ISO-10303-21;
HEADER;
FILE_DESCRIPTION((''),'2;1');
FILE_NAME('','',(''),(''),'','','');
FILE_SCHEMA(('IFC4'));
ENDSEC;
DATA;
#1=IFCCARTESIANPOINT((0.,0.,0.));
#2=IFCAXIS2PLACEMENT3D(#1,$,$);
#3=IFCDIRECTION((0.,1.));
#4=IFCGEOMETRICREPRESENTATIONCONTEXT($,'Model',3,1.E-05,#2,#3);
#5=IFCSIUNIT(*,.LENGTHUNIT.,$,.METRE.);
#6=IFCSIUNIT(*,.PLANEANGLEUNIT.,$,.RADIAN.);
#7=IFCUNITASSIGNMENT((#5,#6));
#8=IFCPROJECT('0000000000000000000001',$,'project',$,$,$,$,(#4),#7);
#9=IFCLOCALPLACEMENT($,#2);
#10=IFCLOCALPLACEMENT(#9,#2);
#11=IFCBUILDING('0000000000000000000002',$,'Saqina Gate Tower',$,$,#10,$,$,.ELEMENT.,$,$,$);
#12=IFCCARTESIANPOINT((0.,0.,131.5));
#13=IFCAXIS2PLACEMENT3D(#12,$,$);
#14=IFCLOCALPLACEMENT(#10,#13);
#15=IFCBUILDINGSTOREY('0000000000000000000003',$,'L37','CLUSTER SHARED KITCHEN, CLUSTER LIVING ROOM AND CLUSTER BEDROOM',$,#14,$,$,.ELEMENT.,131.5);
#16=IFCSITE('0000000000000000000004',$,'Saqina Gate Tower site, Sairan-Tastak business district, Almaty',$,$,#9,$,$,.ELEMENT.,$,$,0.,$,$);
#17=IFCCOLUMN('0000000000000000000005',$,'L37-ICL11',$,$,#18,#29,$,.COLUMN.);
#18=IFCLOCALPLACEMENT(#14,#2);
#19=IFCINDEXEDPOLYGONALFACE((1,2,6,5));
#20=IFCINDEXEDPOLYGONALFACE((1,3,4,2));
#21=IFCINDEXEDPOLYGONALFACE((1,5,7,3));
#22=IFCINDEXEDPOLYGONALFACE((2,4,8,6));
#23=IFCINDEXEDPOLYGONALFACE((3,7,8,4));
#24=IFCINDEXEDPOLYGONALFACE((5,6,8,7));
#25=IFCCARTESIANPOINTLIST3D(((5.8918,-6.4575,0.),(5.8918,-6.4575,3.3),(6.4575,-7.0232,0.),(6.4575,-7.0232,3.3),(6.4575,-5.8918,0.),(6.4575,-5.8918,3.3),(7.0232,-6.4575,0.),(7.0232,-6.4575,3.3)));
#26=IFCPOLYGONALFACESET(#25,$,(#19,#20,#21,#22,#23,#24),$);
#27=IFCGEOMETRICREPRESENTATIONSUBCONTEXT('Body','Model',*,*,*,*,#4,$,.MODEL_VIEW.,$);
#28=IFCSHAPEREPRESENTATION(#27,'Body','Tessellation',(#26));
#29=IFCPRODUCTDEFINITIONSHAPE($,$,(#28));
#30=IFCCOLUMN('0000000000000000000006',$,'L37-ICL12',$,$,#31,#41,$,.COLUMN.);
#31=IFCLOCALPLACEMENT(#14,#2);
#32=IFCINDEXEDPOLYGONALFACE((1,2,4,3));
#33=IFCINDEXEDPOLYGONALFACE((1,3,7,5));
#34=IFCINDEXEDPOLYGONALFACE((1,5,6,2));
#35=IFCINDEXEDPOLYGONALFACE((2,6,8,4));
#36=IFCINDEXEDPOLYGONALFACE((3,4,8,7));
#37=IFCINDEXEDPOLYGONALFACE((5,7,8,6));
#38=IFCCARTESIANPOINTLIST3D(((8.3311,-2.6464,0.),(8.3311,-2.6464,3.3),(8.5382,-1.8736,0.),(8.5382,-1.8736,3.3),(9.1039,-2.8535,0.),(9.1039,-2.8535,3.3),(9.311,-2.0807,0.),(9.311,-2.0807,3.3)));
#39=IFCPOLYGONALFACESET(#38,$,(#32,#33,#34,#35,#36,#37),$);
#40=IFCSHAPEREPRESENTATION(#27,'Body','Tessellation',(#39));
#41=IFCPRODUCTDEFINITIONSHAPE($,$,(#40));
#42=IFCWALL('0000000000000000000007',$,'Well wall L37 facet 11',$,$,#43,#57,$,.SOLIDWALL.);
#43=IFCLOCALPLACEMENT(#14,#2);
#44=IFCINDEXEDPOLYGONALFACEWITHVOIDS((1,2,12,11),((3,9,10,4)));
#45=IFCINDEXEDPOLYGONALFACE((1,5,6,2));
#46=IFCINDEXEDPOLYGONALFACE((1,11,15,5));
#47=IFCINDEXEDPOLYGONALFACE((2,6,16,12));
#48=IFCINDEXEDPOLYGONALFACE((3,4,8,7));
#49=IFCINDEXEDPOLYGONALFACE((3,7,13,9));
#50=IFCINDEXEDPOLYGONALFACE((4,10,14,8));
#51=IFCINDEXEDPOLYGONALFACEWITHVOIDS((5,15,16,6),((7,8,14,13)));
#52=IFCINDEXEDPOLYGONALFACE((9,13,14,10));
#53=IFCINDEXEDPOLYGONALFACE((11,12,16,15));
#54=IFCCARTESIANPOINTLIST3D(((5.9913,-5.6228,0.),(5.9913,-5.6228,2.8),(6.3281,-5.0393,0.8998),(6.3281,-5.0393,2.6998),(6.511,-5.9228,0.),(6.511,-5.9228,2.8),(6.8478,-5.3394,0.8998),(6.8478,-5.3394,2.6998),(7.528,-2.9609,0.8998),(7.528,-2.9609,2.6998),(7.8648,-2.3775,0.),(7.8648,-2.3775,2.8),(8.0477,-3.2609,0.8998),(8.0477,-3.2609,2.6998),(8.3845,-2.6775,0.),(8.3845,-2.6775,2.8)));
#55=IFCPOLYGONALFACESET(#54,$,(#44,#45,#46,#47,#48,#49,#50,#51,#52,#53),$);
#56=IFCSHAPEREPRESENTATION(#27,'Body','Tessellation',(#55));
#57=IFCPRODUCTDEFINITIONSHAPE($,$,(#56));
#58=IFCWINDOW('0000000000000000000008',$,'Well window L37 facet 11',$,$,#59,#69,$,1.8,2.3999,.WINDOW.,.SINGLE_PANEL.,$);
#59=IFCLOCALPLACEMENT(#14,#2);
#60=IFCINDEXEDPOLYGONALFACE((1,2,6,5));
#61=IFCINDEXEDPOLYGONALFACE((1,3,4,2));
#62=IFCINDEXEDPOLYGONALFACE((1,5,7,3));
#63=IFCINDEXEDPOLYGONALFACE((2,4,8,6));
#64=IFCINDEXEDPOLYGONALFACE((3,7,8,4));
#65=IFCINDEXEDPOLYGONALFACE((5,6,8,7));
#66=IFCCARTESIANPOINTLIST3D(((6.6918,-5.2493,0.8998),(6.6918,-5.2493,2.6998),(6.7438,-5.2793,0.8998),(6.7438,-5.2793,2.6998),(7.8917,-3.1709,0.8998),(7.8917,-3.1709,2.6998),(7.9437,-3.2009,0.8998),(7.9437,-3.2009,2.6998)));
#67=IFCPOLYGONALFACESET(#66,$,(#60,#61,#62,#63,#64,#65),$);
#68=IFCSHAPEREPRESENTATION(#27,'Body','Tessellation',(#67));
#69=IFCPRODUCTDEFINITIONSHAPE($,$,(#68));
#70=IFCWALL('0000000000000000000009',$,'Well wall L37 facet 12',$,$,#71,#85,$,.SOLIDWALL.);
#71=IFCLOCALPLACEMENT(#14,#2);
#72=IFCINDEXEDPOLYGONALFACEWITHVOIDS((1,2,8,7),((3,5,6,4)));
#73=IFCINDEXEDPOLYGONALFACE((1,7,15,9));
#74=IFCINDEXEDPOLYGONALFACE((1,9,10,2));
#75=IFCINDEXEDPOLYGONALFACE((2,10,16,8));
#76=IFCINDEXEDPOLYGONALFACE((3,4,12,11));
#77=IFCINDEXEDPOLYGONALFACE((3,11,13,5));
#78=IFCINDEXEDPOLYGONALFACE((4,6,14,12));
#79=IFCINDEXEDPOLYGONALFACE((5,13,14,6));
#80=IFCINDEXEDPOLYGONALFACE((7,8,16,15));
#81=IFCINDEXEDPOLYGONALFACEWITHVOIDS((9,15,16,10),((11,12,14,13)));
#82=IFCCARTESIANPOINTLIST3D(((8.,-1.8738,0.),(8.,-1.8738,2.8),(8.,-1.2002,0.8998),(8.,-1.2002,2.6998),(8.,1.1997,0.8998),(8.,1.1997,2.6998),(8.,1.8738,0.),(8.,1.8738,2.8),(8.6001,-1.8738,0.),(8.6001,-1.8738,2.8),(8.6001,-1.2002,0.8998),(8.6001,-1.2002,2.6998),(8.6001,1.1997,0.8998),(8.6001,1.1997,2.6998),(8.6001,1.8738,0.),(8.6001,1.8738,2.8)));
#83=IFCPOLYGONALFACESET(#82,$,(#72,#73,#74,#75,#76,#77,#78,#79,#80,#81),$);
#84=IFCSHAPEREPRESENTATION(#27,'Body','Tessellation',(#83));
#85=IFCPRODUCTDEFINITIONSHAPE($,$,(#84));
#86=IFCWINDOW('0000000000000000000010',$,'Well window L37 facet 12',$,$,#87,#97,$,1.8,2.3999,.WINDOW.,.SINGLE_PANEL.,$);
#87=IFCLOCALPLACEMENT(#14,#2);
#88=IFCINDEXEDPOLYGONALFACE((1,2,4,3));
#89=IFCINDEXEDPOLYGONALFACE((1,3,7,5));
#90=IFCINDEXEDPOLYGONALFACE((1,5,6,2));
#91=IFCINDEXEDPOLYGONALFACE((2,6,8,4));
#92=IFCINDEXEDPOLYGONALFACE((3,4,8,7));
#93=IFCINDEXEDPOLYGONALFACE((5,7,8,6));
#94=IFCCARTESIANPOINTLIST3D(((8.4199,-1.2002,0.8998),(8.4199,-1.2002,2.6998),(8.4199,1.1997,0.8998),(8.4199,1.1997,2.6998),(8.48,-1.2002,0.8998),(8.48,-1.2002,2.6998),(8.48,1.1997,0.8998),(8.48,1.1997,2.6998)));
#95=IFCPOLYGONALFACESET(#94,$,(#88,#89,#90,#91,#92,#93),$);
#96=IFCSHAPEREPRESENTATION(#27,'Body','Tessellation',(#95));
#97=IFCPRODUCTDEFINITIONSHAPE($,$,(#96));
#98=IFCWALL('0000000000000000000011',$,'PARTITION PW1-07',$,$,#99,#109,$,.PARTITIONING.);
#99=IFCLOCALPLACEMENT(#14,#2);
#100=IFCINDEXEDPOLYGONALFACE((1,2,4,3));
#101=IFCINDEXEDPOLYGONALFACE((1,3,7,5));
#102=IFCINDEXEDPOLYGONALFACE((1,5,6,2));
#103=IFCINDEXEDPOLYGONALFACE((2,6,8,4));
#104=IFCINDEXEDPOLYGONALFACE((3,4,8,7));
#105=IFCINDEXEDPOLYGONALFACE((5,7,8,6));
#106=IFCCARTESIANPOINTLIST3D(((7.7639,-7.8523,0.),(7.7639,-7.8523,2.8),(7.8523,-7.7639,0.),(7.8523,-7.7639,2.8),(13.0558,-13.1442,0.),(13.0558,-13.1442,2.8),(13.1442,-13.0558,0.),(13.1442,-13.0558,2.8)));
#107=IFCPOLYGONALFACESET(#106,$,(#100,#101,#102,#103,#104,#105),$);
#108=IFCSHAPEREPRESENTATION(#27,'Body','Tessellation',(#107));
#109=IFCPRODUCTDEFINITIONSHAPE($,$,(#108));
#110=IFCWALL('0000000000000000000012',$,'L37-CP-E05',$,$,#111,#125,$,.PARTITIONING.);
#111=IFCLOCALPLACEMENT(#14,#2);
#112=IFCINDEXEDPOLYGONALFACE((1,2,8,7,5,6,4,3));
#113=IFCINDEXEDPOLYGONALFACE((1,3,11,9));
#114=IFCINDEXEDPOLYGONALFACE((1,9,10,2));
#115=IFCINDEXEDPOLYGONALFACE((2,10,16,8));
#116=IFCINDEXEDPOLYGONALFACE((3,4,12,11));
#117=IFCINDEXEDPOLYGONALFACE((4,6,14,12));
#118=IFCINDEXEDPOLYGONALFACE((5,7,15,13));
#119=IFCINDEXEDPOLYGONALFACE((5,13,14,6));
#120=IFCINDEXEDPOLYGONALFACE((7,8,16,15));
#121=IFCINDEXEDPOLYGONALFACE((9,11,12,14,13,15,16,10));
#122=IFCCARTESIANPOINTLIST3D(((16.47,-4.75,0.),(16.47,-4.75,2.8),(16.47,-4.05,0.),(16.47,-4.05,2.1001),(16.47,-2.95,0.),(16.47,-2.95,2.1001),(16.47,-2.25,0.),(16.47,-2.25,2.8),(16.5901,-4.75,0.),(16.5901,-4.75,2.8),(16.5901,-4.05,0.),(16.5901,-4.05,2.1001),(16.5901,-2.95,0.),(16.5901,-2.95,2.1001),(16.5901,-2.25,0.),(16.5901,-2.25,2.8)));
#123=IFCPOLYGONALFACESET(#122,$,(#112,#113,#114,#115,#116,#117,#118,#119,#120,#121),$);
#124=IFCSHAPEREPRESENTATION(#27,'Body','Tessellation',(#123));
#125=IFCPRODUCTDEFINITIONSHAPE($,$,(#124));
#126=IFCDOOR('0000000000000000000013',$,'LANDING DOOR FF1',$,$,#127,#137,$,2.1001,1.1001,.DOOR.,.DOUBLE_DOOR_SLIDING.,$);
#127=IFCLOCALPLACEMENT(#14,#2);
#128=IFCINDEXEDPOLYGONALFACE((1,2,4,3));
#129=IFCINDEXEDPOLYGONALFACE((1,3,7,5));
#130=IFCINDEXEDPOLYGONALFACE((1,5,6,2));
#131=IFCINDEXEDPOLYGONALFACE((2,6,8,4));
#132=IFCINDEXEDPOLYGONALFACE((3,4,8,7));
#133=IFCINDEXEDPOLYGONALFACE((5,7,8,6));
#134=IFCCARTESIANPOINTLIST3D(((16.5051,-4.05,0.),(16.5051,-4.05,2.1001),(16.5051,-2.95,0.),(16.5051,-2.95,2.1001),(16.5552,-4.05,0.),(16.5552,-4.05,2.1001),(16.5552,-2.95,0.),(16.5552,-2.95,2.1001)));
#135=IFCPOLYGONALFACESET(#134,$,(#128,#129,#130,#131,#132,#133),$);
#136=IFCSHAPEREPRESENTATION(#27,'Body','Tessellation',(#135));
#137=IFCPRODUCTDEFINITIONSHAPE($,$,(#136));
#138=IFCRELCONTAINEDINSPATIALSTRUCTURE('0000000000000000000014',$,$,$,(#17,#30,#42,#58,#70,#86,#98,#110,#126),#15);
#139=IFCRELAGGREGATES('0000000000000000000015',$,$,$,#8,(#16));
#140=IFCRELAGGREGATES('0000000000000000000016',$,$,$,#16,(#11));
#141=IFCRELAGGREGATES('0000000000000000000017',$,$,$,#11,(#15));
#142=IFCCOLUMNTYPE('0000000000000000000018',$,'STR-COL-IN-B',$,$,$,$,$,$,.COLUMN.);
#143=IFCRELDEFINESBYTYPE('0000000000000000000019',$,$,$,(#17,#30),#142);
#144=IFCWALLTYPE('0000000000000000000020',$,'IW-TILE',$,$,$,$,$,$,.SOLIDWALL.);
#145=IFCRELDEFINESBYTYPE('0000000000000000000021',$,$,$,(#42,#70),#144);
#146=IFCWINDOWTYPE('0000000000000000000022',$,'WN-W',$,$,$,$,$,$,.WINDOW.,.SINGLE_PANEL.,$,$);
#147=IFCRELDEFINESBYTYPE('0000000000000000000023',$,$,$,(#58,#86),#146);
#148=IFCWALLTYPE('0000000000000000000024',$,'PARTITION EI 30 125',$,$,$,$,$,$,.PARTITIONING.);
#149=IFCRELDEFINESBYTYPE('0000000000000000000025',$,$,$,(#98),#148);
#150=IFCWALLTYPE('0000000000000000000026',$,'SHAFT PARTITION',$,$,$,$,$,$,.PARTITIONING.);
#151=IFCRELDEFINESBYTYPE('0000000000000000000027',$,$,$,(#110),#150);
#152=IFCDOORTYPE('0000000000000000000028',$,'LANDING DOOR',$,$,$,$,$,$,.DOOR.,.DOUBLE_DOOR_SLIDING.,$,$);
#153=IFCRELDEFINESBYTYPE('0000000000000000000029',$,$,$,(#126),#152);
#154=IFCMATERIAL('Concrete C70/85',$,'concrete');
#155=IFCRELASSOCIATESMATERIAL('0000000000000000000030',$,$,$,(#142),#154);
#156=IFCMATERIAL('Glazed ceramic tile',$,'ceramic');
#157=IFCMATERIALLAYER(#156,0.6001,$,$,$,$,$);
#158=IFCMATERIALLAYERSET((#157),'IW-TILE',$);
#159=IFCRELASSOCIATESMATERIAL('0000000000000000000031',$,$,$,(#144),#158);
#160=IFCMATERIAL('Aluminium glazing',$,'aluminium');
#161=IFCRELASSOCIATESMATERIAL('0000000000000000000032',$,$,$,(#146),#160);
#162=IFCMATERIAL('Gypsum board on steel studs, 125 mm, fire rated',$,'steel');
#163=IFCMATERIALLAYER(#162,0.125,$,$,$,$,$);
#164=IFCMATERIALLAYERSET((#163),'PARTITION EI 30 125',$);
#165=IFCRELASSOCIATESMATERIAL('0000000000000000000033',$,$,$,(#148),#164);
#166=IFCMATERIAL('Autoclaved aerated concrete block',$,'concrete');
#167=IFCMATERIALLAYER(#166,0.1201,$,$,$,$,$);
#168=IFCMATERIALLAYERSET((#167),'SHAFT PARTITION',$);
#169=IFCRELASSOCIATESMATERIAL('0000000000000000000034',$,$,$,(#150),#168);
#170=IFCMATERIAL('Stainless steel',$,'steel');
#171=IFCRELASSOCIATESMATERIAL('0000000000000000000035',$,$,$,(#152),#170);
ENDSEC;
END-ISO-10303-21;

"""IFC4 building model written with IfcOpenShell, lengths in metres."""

from ifc_helpers import new_model, si_unit, direction, frame, frame_2d, origin, origin_2d, place, context, subcontext, project, spatial, rectangle, extrude, material, layer, layer_set, material_profile, profile_set, type_object, element, fill, save


model = new_model("IFC4")

# Units and contexts
model_context = context("Model", 3, precision=1e-05, world=origin(), true_north=direction((0.0, 1.0)))
body_context = subcontext(model_context, "Body", "Model", "MODEL_VIEW")
ifc_project = project(units=[si_unit("LENGTHUNIT", "METRE"), si_unit("PLANEANGLEUNIT", "RADIAN")], contexts=[model_context])

# Site, building, storey
site_placement = place(None, origin())
site = spatial("IfcSite", under=ifc_project, at=site_placement, Name="Saqina Gate Tower site, Sairan-Tastak business district, Almaty", CompositionType="ELEMENT", RefElevation=0.0)
building_placement = place(site_placement, origin())
building = spatial("IfcBuilding", under=site, at=building_placement, Name="Saqina Gate Tower", CompositionType="ELEMENT")
storey_placement = place(building_placement, frame((0.0, 0.0, 131.5)))
storey = spatial("IfcBuildingStorey", under=building, at=storey_placement, Name="L37", Description="CLUSTER SHARED KITCHEN, CLUSTER LIVING ROOM AND CLUSTER BEDROOM", CompositionType="ELEMENT", Elevation=131.5)

# Columns
ifc_material_1 = material(Name="Concrete C70/85", Category="concrete")
ifc_material_profile = material_profile(ifc_material_1, rectangle(XDim=0.8, YDim=0.8, at=origin_2d()), Name="RC 800x800")
ifc_profile_set = profile_set([ifc_material_profile], Name="Concrete C70/85")
column_type = type_object("IfcColumnType", Name="STR-COL-IN-B", PredefinedType="COLUMN", material=ifc_profile_set)
for number, where, z_axis, x_axis, name in (
    (1, (6.4575, -6.4575, 0.0), (0.0, 0.0, 1.0), (0.707107, -0.707107, 0.0), "L37-ICL11"),
    (2, (8.821, -2.3635, 0.0), (0.0, 0.0, 1.0), (0.965926, -0.258819, 0.0), "L37-ICL12"),
):
    element("IfcColumn", number, at=place(storey_placement, frame(where, z_axis=z_axis, x_axis=x_axis)), inside=storey, type_object=column_type, Name=name, PredefinedType="COLUMN", context=body_context, shape_type="SweptSolid", body=[
        extrude(rectangle(XDim=0.8, YDim=0.8, at=origin_2d()), origin(), (0.0, 0.0, 1.0), 3.3),
    ])

# Walls, openings, windows
ifc_material_2 = material(Name="Glazed ceramic tile", Category="ceramic")
ifc_layer_1 = layer(ifc_material_2, 0.6001)
ifc_layer_set_1 = layer_set([ifc_layer_1], Name="IW-TILE")
wall_type_1 = type_object("IfcWallType", Name="IW-TILE", PredefinedType="SOLIDWALL", material=ifc_layer_set_1)
wall_1_placement = place(storey_placement, frame((6.2512, -5.7727, 0.0), z_axis=(0.0, 0.0, 1.0), x_axis=(0.499965, 0.866046, 0.0)))
wall_1 = element("IfcWall", 3, at=wall_1_placement, inside=storey, type_object=wall_type_1, Name="Well wall L37 facet 11", PredefinedType="SOLIDWALL", context=body_context, shape_type="SweptSolid", body=[
    extrude(rectangle(XDim=3.7473, YDim=0.6001, at=frame_2d((1.8735, 0.0))), origin(), (0.0, 0.0, 1.0), 2.8),
])
opening_1_placement = place(wall_1_placement, frame((0.6736, 0.0, 0.8999)))
opening_1 = element("IfcOpeningElement", 4, at=opening_1_placement, cuts=wall_1, PredefinedType="OPENING", context=body_context, shape_type="SweptSolid", body=[
    extrude(rectangle(XDim=2.3999, YDim=1.8, at=frame_2d((1.2, 0.8999))), frame((0.0, 0.312, 0.0), z_axis=(0.0, -1.0, 0.0), x_axis=(1.0, 0.0, 0.0)), (0.0, 0.0, 1.0), 0.624),
])
ifc_material_3 = material(Name="Aluminium glazing", Category="aluminium")
window_type = type_object("IfcWindowType", Name="WN-W", PartitioningType="SINGLE_PANEL", PredefinedType="WINDOW", material=ifc_material_3)
window_1_placement = place(opening_1_placement, origin())
window_1 = element("IfcWindow", 5, at=window_1_placement, inside=storey, type_object=window_type, Name="Well window L37 facet 11", OverallHeight=1.8, OverallWidth=2.3999, PartitioningType="SINGLE_PANEL", PredefinedType="WINDOW", context=body_context, shape_type="SweptSolid", body=[
    extrude(rectangle(XDim=2.3999, YDim=1.8, at=frame_2d((1.2, 0.8999))), frame((0.0, -0.1199, 0.0), z_axis=(0.0, -1.0, 0.0), x_axis=(1.0, 0.0, 0.0)), (0.0, 0.0, 1.0), 0.0601),
])
fill(opening_1, window_1)
wall_2_placement = place(storey_placement, frame((8.3, -1.8738, 0.0), z_axis=(0.0, 0.0, 1.0), x_axis=(0.0, 1.0, 0.0)))
wall_2 = element("IfcWall", 6, at=wall_2_placement, inside=storey, type_object=wall_type_1, Name="Well wall L37 facet 12", PredefinedType="SOLIDWALL", context=body_context, shape_type="SweptSolid", body=[
    extrude(rectangle(XDim=3.7476, YDim=0.6001, at=frame_2d((1.8738, 0.0))), origin(), (0.0, 0.0, 1.0), 2.8),
])
opening_2_placement = place(wall_2_placement, frame((0.6736, 0.0, 0.8999)))
opening_2 = element("IfcOpeningElement", 7, at=opening_2_placement, cuts=wall_2, PredefinedType="OPENING", context=body_context, shape_type="SweptSolid", body=[
    extrude(rectangle(XDim=2.3999, YDim=1.8, at=frame_2d((1.2, 0.8999))), frame((0.0, 0.312, 0.0), z_axis=(0.0, -1.0, 0.0), x_axis=(1.0, 0.0, 0.0)), (0.0, 0.0, 1.0), 0.624),
])
window_2_placement = place(opening_2_placement, origin())
window_2 = element("IfcWindow", 8, at=window_2_placement, inside=storey, type_object=window_type, Name="Well window L37 facet 12", OverallHeight=1.8, OverallWidth=2.3999, PartitioningType="SINGLE_PANEL", PredefinedType="WINDOW", context=body_context, shape_type="SweptSolid", body=[
    extrude(rectangle(XDim=2.3999, YDim=1.8, at=frame_2d((1.2, 0.8999))), frame((0.0, -0.1199, 0.0), z_axis=(0.0, -1.0, 0.0), x_axis=(1.0, 0.0, 0.0)), (0.0, 0.0, 1.0), 0.0601),
])
fill(opening_2, window_2)

# Wall
ifc_material_4 = material(Name="Gypsum board on steel studs, 125 mm, fire rated", Category="steel")
ifc_layer_2 = layer(ifc_material_4, 0.125)
ifc_layer_set_2 = layer_set([ifc_layer_2], Name="PARTITION EI 30 125")
wall_type_2 = type_object("IfcWallType", Name="PARTITION EI 30 125", PredefinedType="PARTITIONING", material=ifc_layer_set_2)
wall_3_placement = place(storey_placement, frame((7.8081, -7.8081, 0.0), z_axis=(0.0, 0.0, 1.0), x_axis=(0.707107, -0.707107, 0.0)))
element("IfcWall", 9, at=wall_3_placement, inside=storey, type_object=wall_type_2, Name="PARTITION PW1-07", PredefinedType="PARTITIONING", context=body_context, shape_type="SweptSolid", body=[
    extrude(rectangle(XDim=7.4839, YDim=0.125, at=frame_2d((3.7419, 0.0))), origin(), (0.0, 0.0, 1.0), 2.8),
])

# Wall, opening, door
ifc_material_5 = material(Name="Autoclaved aerated concrete block", Category="concrete")
ifc_layer_3 = layer(ifc_material_5, 0.1201)
ifc_layer_set_3 = layer_set([ifc_layer_3], Name="SHAFT PARTITION")
wall_type_3 = type_object("IfcWallType", Name="SHAFT PARTITION", PredefinedType="PARTITIONING", material=ifc_layer_set_3)
wall_4_placement = place(storey_placement, frame((16.53, -4.75, 0.0), z_axis=(0.0, 0.0, 1.0), x_axis=(0.0, 1.0, 0.0)))
wall_4 = element("IfcWall", 10, at=wall_4_placement, inside=storey, type_object=wall_type_3, Name="L37-CP-E05", PredefinedType="PARTITIONING", context=body_context, shape_type="SweptSolid", body=[
    extrude(rectangle(XDim=2.5, YDim=0.1201, at=frame_2d((1.25, 0.0))), origin(), (0.0, 0.0, 1.0), 2.8),
])
opening_3_placement = place(wall_4_placement, frame((0.7, 0.0, 0.0)))
opening_3 = element("IfcOpeningElement", 11, at=opening_3_placement, cuts=wall_4, PredefinedType="OPENING", context=body_context, shape_type="SweptSolid", body=[
    extrude(rectangle(XDim=1.1001, YDim=2.1001, at=frame_2d((0.55, 1.05))), frame((0.0, 0.072, 0.0), z_axis=(0.0, -1.0, 0.0), x_axis=(1.0, 0.0, 0.0)), (0.0, 0.0, 1.0), 0.144),
])
ifc_material_6 = material(Name="Stainless steel", Category="steel")
door_type_1 = type_object("IfcDoorType", Name="LANDING DOOR", OperationType="DOUBLE_DOOR_SLIDING", PredefinedType="DOOR", material=ifc_material_6)
door_1_placement = place(opening_3_placement, origin())
door_1 = element("IfcDoor", 12, at=door_1_placement, inside=storey, type_object=door_type_1, Name="LANDING DOOR FF1", OperationType="DOUBLE_DOOR_SLIDING", OverallHeight=2.1001, OverallWidth=1.1001, PredefinedType="DOOR", context=body_context, shape_type="SweptSolid", body=[
    extrude(rectangle(XDim=1.1001, YDim=2.1001, at=frame_2d((0.55, 1.05))), frame((0.0, 0.0249, 0.0), z_axis=(0.0, -1.0, 0.0), x_axis=(1.0, 0.0, 0.0)), (0.0, 0.0, 1.0), 0.05),
])
fill(opening_3, door_1)

save(model, "model.ifc")
